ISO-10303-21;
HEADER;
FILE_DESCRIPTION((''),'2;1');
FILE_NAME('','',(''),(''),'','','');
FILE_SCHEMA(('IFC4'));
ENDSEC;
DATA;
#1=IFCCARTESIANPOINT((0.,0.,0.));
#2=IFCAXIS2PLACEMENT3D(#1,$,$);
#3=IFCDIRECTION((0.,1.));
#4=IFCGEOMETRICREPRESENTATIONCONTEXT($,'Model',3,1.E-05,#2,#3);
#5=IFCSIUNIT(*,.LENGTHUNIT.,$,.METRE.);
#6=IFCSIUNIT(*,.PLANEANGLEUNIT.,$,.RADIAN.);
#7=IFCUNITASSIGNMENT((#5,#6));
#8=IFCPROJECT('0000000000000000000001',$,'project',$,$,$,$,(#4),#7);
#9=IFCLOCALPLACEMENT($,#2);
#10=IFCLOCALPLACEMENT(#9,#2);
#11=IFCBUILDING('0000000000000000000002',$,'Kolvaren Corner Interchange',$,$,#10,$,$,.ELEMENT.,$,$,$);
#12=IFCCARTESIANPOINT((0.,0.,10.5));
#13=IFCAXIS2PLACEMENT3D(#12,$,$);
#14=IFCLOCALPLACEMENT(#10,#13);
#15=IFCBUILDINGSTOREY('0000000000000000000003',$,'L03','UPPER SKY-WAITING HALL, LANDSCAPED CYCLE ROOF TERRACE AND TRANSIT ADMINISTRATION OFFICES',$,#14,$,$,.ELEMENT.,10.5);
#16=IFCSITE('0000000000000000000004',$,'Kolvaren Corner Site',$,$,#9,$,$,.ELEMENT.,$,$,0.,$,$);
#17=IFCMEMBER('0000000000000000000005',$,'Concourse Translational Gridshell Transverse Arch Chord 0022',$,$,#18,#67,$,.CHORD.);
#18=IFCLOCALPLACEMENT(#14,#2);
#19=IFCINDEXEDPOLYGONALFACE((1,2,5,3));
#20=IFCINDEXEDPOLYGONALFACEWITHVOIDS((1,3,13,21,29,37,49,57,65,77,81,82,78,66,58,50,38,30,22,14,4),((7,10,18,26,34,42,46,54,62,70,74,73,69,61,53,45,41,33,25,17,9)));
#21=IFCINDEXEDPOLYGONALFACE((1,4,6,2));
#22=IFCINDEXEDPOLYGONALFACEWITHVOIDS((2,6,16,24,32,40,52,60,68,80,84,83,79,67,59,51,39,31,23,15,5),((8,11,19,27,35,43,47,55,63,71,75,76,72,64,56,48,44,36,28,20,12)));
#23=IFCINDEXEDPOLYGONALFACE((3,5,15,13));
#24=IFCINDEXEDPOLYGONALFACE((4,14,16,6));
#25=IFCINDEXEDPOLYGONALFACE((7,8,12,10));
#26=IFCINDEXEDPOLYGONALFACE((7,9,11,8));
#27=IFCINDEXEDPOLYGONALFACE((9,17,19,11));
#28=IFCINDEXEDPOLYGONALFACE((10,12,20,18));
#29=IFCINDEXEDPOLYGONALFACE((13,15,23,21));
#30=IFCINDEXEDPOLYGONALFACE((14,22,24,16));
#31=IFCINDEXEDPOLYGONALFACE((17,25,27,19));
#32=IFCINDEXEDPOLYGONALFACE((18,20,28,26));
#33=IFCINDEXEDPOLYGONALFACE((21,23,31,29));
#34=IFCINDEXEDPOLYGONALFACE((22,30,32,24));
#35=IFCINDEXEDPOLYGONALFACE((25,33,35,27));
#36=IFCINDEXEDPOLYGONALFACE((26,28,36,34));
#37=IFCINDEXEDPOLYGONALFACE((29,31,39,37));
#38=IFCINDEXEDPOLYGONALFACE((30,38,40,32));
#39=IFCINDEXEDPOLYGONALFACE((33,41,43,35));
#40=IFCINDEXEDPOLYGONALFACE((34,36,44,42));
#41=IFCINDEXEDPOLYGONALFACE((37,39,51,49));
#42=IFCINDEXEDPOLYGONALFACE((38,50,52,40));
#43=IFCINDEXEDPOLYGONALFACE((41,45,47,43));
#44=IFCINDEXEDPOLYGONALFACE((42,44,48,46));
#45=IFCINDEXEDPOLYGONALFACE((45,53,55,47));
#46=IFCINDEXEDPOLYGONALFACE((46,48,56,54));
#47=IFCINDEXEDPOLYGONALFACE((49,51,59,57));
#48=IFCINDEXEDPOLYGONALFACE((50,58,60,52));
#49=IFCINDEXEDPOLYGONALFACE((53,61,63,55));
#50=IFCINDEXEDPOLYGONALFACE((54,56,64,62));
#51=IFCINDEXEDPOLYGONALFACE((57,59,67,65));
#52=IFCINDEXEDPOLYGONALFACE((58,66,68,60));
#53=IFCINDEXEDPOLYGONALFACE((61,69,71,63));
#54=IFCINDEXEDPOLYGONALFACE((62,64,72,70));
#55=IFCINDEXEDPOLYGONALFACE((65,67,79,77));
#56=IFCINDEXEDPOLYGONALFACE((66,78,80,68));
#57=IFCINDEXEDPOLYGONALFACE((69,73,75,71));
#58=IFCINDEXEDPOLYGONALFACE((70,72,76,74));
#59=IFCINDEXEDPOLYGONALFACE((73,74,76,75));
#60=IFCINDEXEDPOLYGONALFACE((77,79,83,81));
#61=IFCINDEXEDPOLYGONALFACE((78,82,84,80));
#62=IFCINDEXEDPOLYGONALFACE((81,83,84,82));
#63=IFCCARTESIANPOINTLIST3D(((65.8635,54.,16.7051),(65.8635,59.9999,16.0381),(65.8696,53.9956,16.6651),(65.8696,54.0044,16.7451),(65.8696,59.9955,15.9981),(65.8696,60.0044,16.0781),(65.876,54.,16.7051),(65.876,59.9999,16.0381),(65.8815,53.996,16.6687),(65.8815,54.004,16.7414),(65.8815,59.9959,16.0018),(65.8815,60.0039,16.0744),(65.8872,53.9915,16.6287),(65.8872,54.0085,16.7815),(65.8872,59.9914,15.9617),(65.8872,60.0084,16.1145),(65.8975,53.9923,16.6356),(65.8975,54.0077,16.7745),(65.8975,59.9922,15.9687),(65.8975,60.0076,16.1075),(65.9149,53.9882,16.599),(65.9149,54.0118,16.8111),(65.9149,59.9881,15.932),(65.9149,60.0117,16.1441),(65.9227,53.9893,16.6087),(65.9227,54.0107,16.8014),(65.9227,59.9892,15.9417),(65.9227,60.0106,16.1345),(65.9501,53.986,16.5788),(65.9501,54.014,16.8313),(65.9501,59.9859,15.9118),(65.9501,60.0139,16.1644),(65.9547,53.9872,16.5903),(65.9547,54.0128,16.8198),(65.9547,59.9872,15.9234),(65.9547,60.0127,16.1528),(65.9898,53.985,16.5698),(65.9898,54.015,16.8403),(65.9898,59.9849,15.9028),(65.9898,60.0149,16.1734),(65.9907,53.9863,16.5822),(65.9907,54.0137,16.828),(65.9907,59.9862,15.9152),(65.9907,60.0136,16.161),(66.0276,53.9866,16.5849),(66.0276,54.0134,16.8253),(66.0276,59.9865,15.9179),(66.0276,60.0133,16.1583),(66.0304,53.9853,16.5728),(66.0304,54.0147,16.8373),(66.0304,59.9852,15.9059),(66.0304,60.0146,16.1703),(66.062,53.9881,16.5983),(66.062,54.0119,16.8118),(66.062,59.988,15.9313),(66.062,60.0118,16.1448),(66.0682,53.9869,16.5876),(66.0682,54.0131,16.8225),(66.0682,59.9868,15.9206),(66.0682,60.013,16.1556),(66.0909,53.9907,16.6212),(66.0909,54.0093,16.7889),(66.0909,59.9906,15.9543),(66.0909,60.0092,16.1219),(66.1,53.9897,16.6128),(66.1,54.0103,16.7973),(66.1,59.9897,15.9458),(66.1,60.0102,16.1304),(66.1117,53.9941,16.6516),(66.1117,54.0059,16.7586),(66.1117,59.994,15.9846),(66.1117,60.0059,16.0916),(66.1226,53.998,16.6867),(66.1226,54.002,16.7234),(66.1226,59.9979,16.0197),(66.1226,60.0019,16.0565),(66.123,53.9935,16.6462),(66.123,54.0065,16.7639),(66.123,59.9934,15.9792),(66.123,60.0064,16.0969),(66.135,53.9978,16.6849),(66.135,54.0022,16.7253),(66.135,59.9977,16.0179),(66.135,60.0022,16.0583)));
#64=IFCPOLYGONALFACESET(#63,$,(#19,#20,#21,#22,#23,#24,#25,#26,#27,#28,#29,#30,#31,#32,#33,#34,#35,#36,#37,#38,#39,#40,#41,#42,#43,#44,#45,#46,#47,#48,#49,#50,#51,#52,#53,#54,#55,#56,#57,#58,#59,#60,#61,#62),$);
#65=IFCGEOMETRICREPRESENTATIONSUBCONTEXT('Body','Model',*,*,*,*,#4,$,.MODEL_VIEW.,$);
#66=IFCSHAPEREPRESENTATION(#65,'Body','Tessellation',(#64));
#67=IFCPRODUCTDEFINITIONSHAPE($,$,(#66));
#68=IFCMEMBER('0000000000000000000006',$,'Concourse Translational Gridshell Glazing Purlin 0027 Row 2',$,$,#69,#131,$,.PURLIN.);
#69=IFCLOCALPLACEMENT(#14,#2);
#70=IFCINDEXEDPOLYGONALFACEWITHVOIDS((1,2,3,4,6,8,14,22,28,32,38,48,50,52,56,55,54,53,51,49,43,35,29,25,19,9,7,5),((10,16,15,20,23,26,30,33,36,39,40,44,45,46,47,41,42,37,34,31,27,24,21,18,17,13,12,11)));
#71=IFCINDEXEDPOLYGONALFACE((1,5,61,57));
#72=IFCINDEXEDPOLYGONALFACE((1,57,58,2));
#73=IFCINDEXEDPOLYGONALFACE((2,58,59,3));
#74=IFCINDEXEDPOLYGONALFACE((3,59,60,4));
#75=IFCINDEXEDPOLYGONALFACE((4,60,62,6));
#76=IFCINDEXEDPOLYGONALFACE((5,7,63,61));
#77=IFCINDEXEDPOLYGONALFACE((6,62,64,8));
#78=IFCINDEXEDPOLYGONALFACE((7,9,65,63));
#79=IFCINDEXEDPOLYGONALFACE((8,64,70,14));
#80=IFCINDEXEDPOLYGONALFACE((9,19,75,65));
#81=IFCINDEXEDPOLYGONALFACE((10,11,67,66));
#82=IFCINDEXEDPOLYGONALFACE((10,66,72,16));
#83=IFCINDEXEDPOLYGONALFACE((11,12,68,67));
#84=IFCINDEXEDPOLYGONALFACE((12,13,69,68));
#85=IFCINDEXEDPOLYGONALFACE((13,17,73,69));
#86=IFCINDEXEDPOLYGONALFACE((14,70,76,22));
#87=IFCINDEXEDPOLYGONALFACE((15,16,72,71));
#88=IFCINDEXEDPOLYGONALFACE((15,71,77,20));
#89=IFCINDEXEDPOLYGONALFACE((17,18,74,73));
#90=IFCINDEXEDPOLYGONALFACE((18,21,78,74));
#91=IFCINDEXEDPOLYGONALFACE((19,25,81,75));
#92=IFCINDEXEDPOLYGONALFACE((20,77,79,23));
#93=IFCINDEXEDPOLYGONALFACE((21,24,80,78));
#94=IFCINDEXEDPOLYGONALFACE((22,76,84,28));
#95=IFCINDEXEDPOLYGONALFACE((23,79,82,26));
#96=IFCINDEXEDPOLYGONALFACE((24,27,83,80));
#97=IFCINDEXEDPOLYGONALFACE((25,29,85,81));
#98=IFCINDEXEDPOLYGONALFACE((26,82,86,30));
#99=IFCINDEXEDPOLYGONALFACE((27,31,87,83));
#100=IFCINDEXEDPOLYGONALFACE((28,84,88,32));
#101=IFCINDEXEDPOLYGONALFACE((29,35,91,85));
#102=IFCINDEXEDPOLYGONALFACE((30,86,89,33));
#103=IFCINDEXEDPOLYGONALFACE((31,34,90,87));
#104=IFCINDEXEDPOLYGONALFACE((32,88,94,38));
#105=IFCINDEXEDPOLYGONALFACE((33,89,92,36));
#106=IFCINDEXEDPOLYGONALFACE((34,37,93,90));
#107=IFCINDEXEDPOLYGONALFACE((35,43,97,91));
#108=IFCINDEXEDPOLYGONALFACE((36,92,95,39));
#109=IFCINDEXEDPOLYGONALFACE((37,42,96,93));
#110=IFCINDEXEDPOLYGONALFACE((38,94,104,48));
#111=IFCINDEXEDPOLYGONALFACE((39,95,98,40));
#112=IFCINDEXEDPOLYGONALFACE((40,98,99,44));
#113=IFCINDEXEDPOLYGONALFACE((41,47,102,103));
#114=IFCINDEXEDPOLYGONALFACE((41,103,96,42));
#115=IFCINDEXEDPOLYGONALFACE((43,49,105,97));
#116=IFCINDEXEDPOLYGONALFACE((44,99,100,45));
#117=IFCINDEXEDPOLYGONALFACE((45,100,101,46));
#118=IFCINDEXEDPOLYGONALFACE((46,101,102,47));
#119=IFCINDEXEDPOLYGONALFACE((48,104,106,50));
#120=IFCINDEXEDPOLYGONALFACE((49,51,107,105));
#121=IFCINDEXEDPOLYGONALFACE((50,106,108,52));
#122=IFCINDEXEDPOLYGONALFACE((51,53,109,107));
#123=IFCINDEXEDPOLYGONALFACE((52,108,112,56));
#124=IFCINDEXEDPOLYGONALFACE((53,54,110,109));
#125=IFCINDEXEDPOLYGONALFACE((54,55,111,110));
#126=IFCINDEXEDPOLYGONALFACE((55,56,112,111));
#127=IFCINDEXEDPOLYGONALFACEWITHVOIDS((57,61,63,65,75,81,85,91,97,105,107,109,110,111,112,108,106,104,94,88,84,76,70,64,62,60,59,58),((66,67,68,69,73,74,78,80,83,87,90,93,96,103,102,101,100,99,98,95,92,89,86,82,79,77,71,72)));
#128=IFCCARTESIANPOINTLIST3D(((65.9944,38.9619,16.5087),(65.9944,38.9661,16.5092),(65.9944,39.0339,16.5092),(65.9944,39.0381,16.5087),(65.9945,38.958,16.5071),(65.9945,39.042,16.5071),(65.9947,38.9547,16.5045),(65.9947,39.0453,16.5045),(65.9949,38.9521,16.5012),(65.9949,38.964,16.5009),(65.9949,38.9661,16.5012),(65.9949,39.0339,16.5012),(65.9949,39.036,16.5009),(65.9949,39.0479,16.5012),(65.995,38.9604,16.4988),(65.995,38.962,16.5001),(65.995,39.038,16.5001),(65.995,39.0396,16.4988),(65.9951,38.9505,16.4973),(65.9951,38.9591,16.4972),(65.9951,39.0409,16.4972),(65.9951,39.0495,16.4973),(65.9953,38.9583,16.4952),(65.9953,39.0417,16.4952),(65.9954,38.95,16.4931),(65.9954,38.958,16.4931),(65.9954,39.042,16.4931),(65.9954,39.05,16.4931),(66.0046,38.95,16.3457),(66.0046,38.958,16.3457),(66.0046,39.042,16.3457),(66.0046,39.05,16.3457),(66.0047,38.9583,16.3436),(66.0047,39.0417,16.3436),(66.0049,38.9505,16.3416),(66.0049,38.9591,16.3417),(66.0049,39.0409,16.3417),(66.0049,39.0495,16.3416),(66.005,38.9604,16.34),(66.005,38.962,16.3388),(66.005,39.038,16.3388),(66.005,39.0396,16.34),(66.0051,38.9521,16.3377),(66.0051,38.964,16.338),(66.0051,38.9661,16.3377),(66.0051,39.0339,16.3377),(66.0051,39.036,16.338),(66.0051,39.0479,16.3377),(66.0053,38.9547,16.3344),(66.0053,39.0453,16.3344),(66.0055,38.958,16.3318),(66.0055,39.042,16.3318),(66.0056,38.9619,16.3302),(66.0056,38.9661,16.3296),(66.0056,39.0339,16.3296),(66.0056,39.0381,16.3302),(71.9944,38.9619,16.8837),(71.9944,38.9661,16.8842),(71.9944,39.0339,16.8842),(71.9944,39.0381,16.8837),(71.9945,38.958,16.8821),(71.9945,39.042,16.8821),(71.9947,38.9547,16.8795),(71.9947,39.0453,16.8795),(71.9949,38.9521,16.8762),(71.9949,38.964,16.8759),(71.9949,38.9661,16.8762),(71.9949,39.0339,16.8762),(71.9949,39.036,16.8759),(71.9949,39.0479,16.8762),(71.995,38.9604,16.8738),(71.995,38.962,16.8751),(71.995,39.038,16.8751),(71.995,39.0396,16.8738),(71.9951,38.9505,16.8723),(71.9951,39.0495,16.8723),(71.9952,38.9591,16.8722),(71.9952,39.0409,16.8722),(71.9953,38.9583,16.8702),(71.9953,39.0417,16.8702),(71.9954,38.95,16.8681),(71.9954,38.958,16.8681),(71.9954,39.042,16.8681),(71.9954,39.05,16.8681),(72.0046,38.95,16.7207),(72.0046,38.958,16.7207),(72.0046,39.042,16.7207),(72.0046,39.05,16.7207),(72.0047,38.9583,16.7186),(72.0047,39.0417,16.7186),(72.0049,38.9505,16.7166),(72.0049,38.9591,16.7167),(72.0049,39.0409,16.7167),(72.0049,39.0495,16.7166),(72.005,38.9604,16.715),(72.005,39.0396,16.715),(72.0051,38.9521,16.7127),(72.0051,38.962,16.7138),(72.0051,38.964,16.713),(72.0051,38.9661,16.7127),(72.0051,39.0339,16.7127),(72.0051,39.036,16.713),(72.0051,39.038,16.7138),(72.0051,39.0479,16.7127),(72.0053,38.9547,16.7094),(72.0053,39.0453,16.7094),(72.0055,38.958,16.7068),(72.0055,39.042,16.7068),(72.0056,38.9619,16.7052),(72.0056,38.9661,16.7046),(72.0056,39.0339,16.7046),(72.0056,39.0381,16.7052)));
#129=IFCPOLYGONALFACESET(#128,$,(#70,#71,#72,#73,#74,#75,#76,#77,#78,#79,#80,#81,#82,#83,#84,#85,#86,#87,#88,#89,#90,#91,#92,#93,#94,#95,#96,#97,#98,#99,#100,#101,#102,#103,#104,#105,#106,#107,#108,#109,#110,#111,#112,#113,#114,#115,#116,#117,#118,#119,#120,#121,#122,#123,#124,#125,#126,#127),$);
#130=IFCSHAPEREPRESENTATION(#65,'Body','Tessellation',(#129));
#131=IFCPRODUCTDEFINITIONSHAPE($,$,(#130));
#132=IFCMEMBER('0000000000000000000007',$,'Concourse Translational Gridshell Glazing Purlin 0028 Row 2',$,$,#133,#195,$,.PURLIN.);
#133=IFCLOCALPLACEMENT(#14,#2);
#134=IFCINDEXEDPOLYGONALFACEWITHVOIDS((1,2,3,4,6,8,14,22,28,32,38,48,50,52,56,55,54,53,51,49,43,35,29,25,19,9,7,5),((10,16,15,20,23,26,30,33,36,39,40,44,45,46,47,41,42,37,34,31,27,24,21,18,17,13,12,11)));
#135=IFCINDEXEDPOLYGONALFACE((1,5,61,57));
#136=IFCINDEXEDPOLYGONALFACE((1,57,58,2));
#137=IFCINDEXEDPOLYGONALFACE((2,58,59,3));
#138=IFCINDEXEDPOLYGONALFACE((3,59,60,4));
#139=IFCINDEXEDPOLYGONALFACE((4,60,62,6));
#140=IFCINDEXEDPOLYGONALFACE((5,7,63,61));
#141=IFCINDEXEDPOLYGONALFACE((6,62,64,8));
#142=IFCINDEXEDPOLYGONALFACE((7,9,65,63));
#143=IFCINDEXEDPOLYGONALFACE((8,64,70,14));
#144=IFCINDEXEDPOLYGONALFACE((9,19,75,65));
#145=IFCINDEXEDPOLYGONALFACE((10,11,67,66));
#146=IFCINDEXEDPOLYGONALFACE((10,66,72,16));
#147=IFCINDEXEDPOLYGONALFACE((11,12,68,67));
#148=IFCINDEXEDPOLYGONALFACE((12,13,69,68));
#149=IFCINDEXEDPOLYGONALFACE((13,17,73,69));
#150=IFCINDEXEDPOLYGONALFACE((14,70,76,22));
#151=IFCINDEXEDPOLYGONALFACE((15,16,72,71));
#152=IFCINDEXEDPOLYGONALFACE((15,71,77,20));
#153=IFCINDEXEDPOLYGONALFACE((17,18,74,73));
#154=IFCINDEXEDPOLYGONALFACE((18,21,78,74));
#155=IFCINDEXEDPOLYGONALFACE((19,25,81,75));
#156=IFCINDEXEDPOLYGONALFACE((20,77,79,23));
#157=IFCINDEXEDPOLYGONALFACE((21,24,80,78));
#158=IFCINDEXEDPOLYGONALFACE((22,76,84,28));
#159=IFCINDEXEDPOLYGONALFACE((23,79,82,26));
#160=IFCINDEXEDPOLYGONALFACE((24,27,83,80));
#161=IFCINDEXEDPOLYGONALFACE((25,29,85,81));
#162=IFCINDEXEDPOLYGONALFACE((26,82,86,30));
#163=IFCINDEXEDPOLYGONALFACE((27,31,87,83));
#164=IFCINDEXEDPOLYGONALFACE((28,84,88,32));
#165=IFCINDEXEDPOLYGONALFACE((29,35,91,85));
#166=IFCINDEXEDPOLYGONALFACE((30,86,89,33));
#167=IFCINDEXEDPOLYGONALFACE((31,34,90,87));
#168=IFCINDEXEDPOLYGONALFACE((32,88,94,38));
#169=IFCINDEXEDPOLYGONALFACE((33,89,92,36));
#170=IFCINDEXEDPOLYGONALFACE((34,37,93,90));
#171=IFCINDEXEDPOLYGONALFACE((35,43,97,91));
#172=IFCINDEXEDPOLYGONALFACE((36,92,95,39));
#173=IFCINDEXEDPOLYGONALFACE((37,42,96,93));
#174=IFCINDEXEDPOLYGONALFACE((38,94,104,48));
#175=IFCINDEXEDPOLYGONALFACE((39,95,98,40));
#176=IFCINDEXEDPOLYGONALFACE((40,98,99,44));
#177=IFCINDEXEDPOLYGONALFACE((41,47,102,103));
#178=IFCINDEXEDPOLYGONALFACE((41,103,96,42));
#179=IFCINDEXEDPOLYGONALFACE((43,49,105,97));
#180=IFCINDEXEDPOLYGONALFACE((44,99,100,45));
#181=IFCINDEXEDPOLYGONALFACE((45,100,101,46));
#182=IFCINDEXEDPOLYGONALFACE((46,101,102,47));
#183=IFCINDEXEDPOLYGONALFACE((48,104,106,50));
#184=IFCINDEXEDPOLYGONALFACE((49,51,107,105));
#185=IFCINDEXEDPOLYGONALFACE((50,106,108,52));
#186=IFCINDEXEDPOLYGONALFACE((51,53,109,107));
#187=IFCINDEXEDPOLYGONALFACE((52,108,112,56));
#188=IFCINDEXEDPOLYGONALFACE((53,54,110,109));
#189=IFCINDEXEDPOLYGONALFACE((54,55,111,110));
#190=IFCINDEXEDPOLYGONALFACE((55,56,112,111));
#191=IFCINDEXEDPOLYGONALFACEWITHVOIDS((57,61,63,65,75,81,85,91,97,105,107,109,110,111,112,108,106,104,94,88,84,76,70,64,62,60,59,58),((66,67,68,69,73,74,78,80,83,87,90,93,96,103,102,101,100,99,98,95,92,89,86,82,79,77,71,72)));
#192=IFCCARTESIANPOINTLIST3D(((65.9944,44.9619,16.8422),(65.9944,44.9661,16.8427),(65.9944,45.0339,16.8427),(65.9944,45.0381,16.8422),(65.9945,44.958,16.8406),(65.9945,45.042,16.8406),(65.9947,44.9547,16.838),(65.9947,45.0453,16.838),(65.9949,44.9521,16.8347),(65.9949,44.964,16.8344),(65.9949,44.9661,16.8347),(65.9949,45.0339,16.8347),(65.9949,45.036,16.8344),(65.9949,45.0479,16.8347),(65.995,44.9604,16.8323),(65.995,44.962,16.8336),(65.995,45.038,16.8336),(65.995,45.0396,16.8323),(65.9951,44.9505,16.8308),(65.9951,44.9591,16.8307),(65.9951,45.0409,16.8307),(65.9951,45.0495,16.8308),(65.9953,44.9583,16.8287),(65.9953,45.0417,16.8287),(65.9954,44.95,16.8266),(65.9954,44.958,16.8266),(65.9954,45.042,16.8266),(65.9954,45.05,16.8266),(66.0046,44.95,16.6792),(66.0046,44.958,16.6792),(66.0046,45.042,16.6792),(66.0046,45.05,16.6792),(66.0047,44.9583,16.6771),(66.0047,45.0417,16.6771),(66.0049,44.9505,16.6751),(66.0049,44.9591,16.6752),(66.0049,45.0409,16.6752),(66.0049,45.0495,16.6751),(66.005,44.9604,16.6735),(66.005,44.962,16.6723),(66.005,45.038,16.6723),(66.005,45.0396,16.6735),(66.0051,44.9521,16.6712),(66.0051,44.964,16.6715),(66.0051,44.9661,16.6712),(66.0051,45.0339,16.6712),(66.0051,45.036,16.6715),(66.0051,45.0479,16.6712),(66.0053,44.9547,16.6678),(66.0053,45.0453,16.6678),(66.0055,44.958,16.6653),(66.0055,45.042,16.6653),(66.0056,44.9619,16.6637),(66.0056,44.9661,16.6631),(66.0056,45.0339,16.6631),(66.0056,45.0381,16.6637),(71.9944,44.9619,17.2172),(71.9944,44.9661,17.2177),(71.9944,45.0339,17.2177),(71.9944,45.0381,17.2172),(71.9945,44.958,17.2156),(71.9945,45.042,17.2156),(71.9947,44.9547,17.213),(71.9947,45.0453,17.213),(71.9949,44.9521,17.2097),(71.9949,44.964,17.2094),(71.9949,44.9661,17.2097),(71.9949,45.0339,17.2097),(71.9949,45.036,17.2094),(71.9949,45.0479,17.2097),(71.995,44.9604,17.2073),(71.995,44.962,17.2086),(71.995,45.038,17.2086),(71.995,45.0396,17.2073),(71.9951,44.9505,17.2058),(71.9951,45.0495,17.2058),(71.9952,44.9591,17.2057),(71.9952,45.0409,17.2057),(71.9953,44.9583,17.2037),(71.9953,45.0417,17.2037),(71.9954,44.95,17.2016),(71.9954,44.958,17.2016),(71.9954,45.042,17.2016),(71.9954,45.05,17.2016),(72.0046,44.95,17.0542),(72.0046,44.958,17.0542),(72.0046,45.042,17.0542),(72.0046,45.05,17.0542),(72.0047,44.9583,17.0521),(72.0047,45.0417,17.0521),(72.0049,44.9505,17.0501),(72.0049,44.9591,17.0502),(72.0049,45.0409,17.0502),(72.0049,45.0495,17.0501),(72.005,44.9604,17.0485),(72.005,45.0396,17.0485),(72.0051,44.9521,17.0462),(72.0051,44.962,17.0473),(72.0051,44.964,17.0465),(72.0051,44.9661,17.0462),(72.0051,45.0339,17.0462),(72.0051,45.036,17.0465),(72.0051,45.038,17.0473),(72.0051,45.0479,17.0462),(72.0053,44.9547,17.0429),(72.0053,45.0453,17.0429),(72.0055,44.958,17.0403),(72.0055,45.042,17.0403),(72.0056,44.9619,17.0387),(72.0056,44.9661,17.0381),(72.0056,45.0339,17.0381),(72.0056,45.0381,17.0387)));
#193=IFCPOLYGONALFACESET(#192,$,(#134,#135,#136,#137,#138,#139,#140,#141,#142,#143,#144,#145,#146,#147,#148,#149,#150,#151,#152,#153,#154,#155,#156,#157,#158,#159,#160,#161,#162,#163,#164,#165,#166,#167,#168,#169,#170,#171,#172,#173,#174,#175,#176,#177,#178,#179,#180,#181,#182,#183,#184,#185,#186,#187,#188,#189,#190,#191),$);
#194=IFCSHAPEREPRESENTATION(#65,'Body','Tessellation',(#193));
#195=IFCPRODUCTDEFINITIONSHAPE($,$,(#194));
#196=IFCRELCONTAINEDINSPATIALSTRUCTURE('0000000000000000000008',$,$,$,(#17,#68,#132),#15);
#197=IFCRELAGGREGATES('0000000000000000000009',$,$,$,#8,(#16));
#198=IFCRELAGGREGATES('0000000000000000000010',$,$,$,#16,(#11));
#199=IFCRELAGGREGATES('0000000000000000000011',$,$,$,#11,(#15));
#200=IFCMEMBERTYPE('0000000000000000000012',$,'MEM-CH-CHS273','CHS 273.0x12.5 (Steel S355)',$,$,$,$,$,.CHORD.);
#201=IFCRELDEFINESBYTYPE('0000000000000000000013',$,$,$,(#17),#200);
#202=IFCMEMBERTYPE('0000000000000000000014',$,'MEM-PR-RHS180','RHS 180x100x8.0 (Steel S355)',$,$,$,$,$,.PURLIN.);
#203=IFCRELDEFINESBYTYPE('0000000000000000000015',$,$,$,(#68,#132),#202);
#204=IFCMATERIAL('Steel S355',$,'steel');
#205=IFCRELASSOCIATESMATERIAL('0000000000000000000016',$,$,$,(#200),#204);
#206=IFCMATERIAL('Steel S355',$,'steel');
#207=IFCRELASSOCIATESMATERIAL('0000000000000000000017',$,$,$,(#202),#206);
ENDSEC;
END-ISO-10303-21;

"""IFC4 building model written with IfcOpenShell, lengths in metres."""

from ifc_helpers import new_model, si_unit, direction, frame, origin, origin_2d, place, context, subcontext, project, spatial, hollow_rectangle, hollow_circle, extrude, material, material_profile, profile_set, type_object, element, save


model = new_model("IFC4")

# Units and contexts
model_context = context("Model", 3, precision=1e-05, world=origin(), true_north=direction((0.0, 1.0)))
body_context = subcontext(model_context, "Body", "Model", "MODEL_VIEW")
ifc_project = project(units=[si_unit("LENGTHUNIT", "METRE"), si_unit("PLANEANGLEUNIT", "RADIAN")], contexts=[model_context])

# Site, building, storey
site_placement = place(None, origin())
site = spatial("IfcSite", under=ifc_project, at=site_placement, Name="Kolvaren Corner Site", CompositionType="ELEMENT", RefElevation=0.0)
building_placement = place(site_placement, origin())
building = spatial("IfcBuilding", under=site, at=building_placement, Name="Kolvaren Corner Interchange", CompositionType="ELEMENT")
storey_placement = place(building_placement, frame((0.0, 0.0, 10.5)))
storey = spatial("IfcBuildingStorey", under=building, at=storey_placement, Name="L03", Description="UPPER SKY-WAITING HALL, LANDSCAPED CYCLE ROOF TERRACE AND TRANSIT ADMINISTRATION OFFICES", CompositionType="ELEMENT", Elevation=10.5)

# Members
ifc_material_1 = material(Name="Steel S355", Category="steel")
ifc_material_profile_1 = material_profile(ifc_material_1, hollow_circle(Radius=0.1365, WallThickness=0.0125, at=origin_2d()), Name="CHS 273.0x12.5")
ifc_profile_set_1 = profile_set([ifc_material_profile_1], Name="Steel S355")
member_type_1 = type_object("IfcMemberType", Name="MEM-CH-CHS273", Description="CHS 273.0x12.5 (Steel S355)", PredefinedType="CHORD", material=ifc_profile_set_1)
member_1_placement = place(storey_placement, frame((66.0, 54.0, 16.7051), z_axis=(0.0, 0.993878, -0.110485), x_axis=(-1.0, 0.0, 0.0)))
element("IfcMember", 1, at=member_1_placement, inside=storey, type_object=member_type_1, Name="Concourse Translational Gridshell Transverse Arch Chord 0022", PredefinedType="CHORD", context=body_context, shape_type="SweptSolid", body=[
    extrude(hollow_circle(Radius=0.1365, WallThickness=0.0125, at=origin_2d()), origin(), (0.0, 0.0, 1.0), 6.0369),
])
ifc_material_2 = material(Name="Steel S355", Category="steel")
ifc_material_profile_2 = material_profile(ifc_material_2, hollow_rectangle(XDim=0.1001, YDim=0.1799, WallThickness=0.0081, InnerFilletRadius=0.0081, OuterFilletRadius=0.0161, at=origin_2d()), Name="RHS 180x100x8.0")
ifc_profile_set_2 = profile_set([ifc_material_profile_2], Name="Steel S355")
member_type_2 = type_object("IfcMemberType", Name="MEM-PR-RHS180", Description="RHS 180x100x8.0 (Steel S355)", PredefinedType="PURLIN", material=ifc_profile_set_2)
for number, where, z_axis, x_axis, name in (
    (2, (66.0, 39.0, 16.4194), (0.998053, 0.0, 0.062378), (0.0, 1.0, 0.0), "Concourse Translational Gridshell Glazing Purlin 0027 Row 2"),
    (3, (66.0, 45.0, 16.7529), (0.998053, 0.0, 0.062378), (0.0, 1.0, 0.0), "Concourse Translational Gridshell Glazing Purlin 0028 Row 2"),
):
    element("IfcMember", number, at=place(storey_placement, frame(where, z_axis=z_axis, x_axis=x_axis)), inside=storey, type_object=member_type_2, Name=name, PredefinedType="PURLIN", context=body_context, shape_type="SweptSolid", body=[
        extrude(hollow_rectangle(XDim=0.1001, YDim=0.1799, WallThickness=0.0081, InnerFilletRadius=0.0081, OuterFilletRadius=0.0161, at=origin_2d()), origin(), (0.0, 0.0, 1.0), 6.0117),
    ])

save(model, "model.ifc")
